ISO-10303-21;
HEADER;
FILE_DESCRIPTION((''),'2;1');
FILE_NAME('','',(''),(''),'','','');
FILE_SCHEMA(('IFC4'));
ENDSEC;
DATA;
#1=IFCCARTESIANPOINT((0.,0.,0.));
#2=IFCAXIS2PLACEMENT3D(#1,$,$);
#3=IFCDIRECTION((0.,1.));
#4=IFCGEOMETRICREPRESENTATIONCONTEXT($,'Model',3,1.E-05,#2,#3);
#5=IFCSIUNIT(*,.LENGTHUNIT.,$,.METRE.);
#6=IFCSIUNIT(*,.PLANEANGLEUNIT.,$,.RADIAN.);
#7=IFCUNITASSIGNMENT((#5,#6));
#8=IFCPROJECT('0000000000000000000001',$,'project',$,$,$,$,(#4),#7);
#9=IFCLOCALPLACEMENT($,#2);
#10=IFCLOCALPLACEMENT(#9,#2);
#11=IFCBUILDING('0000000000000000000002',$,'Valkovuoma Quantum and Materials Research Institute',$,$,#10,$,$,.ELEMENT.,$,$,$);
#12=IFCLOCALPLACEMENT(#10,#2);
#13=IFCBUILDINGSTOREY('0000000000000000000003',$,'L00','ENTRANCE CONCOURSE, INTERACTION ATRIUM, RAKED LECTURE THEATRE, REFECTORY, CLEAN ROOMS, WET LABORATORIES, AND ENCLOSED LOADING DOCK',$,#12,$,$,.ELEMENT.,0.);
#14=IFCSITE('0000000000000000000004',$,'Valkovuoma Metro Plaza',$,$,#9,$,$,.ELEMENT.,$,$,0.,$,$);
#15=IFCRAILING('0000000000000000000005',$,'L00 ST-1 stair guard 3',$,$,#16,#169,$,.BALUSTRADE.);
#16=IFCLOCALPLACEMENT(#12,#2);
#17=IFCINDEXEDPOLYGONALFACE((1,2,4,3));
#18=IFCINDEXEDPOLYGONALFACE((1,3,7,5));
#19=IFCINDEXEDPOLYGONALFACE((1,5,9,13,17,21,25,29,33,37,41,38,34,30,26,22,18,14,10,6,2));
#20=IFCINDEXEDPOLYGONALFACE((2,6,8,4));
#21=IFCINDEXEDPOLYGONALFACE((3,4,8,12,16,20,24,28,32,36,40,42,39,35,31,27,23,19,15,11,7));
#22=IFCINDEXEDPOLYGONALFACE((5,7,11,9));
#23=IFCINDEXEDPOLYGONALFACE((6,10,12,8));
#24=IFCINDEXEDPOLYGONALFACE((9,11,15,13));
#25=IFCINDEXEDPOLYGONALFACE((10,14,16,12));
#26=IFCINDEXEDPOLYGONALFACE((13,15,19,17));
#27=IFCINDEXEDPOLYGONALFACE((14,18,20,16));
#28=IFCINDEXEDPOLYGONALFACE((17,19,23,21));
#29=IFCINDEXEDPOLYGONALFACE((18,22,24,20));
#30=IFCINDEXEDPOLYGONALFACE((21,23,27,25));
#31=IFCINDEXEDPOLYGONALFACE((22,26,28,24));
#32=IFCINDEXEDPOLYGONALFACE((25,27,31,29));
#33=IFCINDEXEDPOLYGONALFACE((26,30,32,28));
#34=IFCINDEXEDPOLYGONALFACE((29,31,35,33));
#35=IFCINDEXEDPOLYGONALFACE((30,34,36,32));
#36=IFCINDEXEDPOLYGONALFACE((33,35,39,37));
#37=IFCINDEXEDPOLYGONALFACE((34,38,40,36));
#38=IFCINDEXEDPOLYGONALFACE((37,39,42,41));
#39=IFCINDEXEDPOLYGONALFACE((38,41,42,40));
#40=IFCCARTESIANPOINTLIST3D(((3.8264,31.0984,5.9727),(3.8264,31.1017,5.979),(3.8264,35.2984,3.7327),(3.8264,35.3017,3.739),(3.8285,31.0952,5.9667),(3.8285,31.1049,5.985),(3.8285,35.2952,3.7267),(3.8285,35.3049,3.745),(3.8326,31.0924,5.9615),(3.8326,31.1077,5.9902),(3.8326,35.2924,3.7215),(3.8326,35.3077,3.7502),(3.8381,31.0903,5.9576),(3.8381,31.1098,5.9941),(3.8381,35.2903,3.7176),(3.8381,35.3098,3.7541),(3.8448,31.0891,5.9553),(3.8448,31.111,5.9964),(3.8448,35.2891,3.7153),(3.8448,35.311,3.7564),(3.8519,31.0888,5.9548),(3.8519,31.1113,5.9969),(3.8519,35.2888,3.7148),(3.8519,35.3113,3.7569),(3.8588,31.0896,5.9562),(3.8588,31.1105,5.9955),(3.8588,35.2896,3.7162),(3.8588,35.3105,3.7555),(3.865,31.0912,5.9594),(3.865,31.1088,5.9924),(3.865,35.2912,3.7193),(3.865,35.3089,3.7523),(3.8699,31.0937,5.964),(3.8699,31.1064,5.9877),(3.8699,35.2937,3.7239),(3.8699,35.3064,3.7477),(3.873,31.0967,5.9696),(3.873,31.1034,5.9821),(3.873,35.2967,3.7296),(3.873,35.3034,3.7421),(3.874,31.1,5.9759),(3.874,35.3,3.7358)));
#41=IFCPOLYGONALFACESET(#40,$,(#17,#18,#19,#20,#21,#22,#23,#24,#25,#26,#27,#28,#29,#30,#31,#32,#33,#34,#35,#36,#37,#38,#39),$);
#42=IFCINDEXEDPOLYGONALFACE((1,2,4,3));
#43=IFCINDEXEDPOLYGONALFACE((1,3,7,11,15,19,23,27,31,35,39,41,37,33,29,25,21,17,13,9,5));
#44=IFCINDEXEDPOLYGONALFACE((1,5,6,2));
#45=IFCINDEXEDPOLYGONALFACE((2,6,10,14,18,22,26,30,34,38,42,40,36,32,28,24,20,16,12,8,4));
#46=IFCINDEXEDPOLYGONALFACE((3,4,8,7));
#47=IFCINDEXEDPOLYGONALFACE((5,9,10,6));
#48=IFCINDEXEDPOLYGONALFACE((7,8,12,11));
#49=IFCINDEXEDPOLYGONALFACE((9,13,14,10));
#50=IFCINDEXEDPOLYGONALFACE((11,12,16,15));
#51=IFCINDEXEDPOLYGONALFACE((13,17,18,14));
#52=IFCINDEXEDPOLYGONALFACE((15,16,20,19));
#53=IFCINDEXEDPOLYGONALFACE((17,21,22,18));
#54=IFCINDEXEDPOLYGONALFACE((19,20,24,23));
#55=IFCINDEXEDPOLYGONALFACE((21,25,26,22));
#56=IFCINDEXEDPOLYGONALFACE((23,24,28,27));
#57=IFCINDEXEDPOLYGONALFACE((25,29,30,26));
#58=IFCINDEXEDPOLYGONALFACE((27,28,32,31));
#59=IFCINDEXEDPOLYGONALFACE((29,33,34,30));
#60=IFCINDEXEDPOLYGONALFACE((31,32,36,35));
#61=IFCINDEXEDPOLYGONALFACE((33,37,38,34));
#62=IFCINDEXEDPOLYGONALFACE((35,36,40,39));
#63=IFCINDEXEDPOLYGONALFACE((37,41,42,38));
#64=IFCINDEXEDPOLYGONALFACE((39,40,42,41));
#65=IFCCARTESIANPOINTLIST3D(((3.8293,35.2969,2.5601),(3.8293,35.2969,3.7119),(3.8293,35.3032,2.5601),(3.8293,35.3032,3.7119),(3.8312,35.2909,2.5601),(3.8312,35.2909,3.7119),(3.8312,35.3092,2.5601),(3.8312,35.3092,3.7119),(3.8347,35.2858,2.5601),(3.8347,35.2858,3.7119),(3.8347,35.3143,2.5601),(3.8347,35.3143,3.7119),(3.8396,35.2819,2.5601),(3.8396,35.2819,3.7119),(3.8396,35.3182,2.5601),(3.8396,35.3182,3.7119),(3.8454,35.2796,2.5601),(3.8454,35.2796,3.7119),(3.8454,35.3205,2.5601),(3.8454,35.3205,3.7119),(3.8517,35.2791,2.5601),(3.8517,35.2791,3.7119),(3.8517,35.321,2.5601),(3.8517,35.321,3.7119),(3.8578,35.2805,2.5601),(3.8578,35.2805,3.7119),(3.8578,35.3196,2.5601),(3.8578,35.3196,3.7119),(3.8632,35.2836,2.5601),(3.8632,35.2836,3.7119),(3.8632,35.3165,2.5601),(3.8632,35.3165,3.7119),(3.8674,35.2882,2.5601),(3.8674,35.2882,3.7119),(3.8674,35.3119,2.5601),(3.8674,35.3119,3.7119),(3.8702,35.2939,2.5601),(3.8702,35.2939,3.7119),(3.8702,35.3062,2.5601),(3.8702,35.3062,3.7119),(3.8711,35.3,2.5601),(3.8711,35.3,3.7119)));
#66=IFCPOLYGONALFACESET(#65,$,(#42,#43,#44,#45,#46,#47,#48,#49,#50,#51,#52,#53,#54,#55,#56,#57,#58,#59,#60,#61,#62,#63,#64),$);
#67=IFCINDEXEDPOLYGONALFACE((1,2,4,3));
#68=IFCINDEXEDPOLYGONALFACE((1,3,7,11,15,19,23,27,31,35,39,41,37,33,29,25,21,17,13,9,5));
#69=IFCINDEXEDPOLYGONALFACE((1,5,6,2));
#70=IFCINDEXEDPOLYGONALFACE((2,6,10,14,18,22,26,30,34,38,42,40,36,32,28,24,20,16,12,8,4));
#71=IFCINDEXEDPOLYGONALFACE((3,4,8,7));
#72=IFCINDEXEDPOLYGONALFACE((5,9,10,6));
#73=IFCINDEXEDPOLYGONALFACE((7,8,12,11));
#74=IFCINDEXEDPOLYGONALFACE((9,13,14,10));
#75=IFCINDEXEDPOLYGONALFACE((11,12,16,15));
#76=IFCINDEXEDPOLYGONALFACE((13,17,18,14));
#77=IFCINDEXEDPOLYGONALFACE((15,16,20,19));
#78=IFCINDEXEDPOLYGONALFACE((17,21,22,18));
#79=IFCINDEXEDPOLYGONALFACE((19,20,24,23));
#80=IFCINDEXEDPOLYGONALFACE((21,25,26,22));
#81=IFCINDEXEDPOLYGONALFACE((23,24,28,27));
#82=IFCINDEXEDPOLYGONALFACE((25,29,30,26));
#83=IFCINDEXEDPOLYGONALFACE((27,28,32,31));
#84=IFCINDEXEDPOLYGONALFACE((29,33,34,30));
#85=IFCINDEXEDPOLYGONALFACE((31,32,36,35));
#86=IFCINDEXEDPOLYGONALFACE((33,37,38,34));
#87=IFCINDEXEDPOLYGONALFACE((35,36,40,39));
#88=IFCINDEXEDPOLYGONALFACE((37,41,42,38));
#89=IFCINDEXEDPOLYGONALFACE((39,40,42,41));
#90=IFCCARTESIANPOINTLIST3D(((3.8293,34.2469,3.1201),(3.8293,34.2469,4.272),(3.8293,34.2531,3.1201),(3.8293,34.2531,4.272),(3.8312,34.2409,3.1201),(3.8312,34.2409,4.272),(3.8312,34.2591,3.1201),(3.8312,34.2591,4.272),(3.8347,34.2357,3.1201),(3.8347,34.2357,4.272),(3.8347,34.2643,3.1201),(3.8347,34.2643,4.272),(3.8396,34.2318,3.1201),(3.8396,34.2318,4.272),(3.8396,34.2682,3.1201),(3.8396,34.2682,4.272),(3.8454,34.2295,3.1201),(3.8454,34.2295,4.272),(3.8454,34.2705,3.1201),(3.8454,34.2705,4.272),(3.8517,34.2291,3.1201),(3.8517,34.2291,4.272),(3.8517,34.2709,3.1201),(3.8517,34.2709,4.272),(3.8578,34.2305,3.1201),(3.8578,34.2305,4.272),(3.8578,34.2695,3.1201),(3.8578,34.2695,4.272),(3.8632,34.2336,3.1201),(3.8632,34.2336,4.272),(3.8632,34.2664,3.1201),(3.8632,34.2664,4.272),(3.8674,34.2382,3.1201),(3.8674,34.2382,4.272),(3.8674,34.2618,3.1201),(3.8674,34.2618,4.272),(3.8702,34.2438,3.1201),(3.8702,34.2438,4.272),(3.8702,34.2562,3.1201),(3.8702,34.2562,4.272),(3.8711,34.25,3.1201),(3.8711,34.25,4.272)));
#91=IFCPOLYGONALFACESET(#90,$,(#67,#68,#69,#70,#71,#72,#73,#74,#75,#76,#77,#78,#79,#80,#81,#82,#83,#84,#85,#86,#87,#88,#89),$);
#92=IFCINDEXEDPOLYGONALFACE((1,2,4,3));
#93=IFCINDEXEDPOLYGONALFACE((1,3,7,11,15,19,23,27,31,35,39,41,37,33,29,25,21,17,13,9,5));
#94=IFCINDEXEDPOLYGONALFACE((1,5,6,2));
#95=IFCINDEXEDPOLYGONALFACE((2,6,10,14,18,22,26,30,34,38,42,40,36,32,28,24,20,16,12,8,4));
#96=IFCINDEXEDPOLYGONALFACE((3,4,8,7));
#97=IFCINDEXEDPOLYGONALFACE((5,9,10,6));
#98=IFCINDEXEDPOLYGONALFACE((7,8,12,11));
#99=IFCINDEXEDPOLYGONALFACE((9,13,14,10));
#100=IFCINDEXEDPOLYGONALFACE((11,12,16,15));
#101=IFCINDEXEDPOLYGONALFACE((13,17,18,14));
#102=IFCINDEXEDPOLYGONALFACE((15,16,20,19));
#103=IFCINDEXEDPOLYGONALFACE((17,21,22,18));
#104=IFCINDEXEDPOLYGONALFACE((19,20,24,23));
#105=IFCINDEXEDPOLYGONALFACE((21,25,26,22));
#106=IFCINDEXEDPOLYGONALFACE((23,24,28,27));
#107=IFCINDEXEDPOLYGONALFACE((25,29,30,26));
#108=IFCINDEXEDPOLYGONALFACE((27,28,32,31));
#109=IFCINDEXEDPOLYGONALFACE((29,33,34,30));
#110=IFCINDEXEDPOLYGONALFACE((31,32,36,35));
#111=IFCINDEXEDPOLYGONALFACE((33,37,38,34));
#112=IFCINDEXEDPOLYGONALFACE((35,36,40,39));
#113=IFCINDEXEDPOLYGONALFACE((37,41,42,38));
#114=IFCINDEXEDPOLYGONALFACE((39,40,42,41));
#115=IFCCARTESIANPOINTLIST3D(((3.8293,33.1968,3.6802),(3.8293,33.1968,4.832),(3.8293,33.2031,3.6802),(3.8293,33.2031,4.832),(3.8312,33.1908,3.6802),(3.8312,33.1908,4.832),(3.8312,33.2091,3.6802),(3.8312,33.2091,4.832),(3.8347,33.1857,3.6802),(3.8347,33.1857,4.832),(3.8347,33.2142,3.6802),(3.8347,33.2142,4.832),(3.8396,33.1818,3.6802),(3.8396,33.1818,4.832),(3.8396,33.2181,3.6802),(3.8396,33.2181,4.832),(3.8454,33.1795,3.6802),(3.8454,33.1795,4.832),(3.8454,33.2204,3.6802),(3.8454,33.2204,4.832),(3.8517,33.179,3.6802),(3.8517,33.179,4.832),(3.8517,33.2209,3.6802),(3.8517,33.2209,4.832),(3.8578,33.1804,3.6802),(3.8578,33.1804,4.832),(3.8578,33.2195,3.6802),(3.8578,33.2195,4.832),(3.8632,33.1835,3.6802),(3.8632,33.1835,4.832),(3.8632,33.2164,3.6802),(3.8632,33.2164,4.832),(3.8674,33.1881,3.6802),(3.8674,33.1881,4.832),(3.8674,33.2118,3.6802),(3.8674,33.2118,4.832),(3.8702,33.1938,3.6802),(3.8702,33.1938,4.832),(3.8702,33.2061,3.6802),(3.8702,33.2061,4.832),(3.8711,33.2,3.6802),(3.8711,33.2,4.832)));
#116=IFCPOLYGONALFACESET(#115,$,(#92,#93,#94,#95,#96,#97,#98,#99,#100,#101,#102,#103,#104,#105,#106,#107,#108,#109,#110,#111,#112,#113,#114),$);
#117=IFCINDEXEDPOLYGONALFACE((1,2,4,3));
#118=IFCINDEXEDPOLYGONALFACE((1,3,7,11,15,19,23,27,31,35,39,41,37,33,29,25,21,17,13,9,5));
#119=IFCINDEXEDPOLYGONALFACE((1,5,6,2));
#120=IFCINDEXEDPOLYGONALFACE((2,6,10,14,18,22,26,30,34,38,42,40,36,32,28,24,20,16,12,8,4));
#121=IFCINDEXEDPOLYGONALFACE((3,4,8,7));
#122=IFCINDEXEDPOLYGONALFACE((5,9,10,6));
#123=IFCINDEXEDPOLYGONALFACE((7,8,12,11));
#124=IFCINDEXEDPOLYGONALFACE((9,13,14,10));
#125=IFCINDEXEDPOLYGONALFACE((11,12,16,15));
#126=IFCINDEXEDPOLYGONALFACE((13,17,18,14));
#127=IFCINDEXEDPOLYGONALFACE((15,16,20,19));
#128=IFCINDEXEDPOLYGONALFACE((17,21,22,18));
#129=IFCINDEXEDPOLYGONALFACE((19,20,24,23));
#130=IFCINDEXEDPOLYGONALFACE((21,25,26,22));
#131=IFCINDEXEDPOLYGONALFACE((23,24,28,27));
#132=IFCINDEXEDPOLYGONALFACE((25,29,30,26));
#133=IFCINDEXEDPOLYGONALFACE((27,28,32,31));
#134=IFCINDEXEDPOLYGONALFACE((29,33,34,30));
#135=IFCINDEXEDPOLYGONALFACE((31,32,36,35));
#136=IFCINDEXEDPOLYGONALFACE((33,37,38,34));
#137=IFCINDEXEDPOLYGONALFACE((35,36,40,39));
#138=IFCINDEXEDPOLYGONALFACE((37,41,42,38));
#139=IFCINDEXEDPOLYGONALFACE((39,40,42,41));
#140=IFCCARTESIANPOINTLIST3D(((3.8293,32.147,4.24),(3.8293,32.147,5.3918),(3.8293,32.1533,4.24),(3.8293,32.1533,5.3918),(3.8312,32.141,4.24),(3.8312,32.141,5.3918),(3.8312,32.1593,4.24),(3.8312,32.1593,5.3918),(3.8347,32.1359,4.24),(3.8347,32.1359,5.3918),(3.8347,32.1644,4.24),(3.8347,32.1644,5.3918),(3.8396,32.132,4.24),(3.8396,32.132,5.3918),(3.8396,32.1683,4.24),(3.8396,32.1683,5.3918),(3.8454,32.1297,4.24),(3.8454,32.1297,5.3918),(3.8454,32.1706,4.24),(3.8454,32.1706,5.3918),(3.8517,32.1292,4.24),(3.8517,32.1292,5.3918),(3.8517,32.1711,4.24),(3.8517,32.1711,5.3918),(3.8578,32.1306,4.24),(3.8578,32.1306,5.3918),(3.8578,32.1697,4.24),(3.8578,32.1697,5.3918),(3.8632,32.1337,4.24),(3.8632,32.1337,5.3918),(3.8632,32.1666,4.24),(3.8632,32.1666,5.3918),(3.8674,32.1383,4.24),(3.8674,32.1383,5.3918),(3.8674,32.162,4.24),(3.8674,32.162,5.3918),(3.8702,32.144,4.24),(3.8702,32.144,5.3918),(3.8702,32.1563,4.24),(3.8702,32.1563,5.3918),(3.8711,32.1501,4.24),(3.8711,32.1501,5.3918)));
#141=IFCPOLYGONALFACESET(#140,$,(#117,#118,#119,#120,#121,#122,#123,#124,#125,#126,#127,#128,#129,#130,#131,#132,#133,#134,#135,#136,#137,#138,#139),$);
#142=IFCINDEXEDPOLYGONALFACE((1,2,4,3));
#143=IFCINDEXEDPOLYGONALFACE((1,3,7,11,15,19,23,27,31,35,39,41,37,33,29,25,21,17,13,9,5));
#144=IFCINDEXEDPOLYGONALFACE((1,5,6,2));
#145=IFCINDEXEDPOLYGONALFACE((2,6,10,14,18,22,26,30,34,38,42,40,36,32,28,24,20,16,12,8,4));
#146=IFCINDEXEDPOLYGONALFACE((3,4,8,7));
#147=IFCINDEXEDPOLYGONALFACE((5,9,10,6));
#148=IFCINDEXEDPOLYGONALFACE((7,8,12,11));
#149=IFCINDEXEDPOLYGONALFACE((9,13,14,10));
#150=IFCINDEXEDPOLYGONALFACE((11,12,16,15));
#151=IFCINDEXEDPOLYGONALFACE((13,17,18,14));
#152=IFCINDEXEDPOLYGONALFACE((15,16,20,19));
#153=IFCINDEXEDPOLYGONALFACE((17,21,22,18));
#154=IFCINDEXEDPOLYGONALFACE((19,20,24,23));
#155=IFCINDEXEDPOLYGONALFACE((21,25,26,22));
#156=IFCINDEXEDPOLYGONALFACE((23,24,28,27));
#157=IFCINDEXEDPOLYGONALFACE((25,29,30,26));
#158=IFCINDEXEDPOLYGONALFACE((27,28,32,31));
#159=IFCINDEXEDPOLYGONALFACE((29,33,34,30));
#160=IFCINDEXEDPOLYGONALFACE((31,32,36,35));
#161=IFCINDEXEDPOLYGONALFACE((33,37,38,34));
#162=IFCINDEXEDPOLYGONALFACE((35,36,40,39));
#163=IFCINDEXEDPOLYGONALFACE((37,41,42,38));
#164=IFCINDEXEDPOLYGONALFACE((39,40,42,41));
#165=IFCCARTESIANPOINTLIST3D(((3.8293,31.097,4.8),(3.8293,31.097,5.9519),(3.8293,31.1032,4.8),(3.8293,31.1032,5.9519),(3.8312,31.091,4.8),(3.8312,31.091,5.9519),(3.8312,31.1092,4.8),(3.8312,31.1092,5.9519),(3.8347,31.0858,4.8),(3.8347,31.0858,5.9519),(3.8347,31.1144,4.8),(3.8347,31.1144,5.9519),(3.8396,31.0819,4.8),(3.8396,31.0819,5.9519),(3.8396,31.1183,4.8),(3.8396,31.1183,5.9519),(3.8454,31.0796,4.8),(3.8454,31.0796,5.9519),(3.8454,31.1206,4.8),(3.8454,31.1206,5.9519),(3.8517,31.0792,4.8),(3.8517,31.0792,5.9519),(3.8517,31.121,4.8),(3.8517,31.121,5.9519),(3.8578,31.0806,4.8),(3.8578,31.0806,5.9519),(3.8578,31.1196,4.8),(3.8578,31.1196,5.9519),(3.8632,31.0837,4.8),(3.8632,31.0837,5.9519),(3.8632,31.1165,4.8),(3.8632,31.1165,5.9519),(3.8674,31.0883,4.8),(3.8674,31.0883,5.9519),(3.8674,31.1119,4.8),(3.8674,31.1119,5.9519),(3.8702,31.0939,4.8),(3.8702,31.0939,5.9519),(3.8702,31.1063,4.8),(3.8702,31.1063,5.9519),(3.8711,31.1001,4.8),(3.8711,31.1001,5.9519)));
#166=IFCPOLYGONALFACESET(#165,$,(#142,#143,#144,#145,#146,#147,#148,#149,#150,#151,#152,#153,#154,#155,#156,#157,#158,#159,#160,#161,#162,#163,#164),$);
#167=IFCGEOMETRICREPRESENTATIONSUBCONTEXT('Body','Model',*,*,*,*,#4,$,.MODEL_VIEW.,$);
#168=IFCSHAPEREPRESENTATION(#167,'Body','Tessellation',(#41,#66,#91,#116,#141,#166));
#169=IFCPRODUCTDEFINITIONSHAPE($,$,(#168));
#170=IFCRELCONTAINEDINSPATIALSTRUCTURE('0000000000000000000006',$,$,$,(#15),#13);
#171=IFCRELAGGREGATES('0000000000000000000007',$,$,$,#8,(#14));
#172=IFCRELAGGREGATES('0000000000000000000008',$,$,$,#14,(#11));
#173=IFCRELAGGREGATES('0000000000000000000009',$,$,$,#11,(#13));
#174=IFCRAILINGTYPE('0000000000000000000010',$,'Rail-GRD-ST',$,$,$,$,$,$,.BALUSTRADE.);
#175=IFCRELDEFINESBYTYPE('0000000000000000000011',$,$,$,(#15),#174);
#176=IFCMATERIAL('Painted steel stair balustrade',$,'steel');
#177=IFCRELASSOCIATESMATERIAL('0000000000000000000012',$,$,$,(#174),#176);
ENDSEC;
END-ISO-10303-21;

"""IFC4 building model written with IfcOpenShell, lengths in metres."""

from ifc_helpers import new_model, si_unit, direction, frame, origin, origin_2d, place, context, subcontext, project, spatial, circle, extrude, material, type_object, element, save


model = new_model("IFC4")

# Units and contexts
model_context = context("Model", 3, precision=1e-05, world=origin(), true_north=direction((0.0, 1.0)))
body_context = subcontext(model_context, "Body", "Model", "MODEL_VIEW")
ifc_project = project(units=[si_unit("LENGTHUNIT", "METRE"), si_unit("PLANEANGLEUNIT", "RADIAN")], contexts=[model_context])

# Site, building, storey
site_placement = place(None, origin())
site = spatial("IfcSite", under=ifc_project, at=site_placement, Name="Valkovuoma Metro Plaza", CompositionType="ELEMENT", RefElevation=0.0)
building_placement = place(site_placement, origin())
building = spatial("IfcBuilding", under=site, at=building_placement, Name="Valkovuoma Quantum and Materials Research Institute", CompositionType="ELEMENT")
storey_placement = place(building_placement, origin())
storey = spatial("IfcBuildingStorey", under=building, at=storey_placement, Name="L00", Description="ENTRANCE CONCOURSE, INTERACTION ATRIUM, RAKED LECTURE THEATRE, REFECTORY, CLEAN ROOMS, WET LABORATORIES, AND ENCLOSED LOADING DOCK", CompositionType="ELEMENT", Elevation=0.0)

# Railing
ifc_material_1 = material(Name="Painted steel stair balustrade", Category="steel")
railing_type_1 = type_object("IfcRailingType", Name="Rail-GRD-ST", PredefinedType="BALUSTRADE", material=ifc_material_1)
railing_1_placement = place(storey_placement, frame((3.8501, 35.3, 2.5601)))
element("IfcRailing", 1, at=railing_1_placement, inside=storey, type_object=railing_type_1, Name="L00 ST-1 stair guard 3", PredefinedType="BALUSTRADE", context=body_context, shape_type="SweptSolid", body=[
    extrude(circle(Radius=0.0239, at=origin_2d()), frame((0.0, 0.0, 1.1758), z_axis=(0.0, -0.882352, 0.470591), x_axis=(1.0, 0.0, 0.0)), (0.0, 0.0, 1.0), 4.76),
    extrude(circle(Radius=0.021, at=origin_2d()), origin(), (0.0, 0.0, 1.0), 1.1519),
    extrude(circle(Radius=0.021, at=origin_2d()), frame((0.0, -1.05, 0.5601)), (0.0, 0.0, 1.0), 1.1519),
    extrude(circle(Radius=0.021, at=origin_2d()), frame((0.0, -2.1001, 1.1201)), (0.0, 0.0, 1.0), 1.1519),
    extrude(circle(Radius=0.021, at=origin_2d()), frame((0.0, -3.1499, 1.6799)), (0.0, 0.0, 1.0), 1.1519),
    extrude(circle(Radius=0.021, at=origin_2d()), frame((0.0, -4.2, 2.24)), (0.0, 0.0, 1.0), 1.1519),
])

save(model, "model.ifc")
